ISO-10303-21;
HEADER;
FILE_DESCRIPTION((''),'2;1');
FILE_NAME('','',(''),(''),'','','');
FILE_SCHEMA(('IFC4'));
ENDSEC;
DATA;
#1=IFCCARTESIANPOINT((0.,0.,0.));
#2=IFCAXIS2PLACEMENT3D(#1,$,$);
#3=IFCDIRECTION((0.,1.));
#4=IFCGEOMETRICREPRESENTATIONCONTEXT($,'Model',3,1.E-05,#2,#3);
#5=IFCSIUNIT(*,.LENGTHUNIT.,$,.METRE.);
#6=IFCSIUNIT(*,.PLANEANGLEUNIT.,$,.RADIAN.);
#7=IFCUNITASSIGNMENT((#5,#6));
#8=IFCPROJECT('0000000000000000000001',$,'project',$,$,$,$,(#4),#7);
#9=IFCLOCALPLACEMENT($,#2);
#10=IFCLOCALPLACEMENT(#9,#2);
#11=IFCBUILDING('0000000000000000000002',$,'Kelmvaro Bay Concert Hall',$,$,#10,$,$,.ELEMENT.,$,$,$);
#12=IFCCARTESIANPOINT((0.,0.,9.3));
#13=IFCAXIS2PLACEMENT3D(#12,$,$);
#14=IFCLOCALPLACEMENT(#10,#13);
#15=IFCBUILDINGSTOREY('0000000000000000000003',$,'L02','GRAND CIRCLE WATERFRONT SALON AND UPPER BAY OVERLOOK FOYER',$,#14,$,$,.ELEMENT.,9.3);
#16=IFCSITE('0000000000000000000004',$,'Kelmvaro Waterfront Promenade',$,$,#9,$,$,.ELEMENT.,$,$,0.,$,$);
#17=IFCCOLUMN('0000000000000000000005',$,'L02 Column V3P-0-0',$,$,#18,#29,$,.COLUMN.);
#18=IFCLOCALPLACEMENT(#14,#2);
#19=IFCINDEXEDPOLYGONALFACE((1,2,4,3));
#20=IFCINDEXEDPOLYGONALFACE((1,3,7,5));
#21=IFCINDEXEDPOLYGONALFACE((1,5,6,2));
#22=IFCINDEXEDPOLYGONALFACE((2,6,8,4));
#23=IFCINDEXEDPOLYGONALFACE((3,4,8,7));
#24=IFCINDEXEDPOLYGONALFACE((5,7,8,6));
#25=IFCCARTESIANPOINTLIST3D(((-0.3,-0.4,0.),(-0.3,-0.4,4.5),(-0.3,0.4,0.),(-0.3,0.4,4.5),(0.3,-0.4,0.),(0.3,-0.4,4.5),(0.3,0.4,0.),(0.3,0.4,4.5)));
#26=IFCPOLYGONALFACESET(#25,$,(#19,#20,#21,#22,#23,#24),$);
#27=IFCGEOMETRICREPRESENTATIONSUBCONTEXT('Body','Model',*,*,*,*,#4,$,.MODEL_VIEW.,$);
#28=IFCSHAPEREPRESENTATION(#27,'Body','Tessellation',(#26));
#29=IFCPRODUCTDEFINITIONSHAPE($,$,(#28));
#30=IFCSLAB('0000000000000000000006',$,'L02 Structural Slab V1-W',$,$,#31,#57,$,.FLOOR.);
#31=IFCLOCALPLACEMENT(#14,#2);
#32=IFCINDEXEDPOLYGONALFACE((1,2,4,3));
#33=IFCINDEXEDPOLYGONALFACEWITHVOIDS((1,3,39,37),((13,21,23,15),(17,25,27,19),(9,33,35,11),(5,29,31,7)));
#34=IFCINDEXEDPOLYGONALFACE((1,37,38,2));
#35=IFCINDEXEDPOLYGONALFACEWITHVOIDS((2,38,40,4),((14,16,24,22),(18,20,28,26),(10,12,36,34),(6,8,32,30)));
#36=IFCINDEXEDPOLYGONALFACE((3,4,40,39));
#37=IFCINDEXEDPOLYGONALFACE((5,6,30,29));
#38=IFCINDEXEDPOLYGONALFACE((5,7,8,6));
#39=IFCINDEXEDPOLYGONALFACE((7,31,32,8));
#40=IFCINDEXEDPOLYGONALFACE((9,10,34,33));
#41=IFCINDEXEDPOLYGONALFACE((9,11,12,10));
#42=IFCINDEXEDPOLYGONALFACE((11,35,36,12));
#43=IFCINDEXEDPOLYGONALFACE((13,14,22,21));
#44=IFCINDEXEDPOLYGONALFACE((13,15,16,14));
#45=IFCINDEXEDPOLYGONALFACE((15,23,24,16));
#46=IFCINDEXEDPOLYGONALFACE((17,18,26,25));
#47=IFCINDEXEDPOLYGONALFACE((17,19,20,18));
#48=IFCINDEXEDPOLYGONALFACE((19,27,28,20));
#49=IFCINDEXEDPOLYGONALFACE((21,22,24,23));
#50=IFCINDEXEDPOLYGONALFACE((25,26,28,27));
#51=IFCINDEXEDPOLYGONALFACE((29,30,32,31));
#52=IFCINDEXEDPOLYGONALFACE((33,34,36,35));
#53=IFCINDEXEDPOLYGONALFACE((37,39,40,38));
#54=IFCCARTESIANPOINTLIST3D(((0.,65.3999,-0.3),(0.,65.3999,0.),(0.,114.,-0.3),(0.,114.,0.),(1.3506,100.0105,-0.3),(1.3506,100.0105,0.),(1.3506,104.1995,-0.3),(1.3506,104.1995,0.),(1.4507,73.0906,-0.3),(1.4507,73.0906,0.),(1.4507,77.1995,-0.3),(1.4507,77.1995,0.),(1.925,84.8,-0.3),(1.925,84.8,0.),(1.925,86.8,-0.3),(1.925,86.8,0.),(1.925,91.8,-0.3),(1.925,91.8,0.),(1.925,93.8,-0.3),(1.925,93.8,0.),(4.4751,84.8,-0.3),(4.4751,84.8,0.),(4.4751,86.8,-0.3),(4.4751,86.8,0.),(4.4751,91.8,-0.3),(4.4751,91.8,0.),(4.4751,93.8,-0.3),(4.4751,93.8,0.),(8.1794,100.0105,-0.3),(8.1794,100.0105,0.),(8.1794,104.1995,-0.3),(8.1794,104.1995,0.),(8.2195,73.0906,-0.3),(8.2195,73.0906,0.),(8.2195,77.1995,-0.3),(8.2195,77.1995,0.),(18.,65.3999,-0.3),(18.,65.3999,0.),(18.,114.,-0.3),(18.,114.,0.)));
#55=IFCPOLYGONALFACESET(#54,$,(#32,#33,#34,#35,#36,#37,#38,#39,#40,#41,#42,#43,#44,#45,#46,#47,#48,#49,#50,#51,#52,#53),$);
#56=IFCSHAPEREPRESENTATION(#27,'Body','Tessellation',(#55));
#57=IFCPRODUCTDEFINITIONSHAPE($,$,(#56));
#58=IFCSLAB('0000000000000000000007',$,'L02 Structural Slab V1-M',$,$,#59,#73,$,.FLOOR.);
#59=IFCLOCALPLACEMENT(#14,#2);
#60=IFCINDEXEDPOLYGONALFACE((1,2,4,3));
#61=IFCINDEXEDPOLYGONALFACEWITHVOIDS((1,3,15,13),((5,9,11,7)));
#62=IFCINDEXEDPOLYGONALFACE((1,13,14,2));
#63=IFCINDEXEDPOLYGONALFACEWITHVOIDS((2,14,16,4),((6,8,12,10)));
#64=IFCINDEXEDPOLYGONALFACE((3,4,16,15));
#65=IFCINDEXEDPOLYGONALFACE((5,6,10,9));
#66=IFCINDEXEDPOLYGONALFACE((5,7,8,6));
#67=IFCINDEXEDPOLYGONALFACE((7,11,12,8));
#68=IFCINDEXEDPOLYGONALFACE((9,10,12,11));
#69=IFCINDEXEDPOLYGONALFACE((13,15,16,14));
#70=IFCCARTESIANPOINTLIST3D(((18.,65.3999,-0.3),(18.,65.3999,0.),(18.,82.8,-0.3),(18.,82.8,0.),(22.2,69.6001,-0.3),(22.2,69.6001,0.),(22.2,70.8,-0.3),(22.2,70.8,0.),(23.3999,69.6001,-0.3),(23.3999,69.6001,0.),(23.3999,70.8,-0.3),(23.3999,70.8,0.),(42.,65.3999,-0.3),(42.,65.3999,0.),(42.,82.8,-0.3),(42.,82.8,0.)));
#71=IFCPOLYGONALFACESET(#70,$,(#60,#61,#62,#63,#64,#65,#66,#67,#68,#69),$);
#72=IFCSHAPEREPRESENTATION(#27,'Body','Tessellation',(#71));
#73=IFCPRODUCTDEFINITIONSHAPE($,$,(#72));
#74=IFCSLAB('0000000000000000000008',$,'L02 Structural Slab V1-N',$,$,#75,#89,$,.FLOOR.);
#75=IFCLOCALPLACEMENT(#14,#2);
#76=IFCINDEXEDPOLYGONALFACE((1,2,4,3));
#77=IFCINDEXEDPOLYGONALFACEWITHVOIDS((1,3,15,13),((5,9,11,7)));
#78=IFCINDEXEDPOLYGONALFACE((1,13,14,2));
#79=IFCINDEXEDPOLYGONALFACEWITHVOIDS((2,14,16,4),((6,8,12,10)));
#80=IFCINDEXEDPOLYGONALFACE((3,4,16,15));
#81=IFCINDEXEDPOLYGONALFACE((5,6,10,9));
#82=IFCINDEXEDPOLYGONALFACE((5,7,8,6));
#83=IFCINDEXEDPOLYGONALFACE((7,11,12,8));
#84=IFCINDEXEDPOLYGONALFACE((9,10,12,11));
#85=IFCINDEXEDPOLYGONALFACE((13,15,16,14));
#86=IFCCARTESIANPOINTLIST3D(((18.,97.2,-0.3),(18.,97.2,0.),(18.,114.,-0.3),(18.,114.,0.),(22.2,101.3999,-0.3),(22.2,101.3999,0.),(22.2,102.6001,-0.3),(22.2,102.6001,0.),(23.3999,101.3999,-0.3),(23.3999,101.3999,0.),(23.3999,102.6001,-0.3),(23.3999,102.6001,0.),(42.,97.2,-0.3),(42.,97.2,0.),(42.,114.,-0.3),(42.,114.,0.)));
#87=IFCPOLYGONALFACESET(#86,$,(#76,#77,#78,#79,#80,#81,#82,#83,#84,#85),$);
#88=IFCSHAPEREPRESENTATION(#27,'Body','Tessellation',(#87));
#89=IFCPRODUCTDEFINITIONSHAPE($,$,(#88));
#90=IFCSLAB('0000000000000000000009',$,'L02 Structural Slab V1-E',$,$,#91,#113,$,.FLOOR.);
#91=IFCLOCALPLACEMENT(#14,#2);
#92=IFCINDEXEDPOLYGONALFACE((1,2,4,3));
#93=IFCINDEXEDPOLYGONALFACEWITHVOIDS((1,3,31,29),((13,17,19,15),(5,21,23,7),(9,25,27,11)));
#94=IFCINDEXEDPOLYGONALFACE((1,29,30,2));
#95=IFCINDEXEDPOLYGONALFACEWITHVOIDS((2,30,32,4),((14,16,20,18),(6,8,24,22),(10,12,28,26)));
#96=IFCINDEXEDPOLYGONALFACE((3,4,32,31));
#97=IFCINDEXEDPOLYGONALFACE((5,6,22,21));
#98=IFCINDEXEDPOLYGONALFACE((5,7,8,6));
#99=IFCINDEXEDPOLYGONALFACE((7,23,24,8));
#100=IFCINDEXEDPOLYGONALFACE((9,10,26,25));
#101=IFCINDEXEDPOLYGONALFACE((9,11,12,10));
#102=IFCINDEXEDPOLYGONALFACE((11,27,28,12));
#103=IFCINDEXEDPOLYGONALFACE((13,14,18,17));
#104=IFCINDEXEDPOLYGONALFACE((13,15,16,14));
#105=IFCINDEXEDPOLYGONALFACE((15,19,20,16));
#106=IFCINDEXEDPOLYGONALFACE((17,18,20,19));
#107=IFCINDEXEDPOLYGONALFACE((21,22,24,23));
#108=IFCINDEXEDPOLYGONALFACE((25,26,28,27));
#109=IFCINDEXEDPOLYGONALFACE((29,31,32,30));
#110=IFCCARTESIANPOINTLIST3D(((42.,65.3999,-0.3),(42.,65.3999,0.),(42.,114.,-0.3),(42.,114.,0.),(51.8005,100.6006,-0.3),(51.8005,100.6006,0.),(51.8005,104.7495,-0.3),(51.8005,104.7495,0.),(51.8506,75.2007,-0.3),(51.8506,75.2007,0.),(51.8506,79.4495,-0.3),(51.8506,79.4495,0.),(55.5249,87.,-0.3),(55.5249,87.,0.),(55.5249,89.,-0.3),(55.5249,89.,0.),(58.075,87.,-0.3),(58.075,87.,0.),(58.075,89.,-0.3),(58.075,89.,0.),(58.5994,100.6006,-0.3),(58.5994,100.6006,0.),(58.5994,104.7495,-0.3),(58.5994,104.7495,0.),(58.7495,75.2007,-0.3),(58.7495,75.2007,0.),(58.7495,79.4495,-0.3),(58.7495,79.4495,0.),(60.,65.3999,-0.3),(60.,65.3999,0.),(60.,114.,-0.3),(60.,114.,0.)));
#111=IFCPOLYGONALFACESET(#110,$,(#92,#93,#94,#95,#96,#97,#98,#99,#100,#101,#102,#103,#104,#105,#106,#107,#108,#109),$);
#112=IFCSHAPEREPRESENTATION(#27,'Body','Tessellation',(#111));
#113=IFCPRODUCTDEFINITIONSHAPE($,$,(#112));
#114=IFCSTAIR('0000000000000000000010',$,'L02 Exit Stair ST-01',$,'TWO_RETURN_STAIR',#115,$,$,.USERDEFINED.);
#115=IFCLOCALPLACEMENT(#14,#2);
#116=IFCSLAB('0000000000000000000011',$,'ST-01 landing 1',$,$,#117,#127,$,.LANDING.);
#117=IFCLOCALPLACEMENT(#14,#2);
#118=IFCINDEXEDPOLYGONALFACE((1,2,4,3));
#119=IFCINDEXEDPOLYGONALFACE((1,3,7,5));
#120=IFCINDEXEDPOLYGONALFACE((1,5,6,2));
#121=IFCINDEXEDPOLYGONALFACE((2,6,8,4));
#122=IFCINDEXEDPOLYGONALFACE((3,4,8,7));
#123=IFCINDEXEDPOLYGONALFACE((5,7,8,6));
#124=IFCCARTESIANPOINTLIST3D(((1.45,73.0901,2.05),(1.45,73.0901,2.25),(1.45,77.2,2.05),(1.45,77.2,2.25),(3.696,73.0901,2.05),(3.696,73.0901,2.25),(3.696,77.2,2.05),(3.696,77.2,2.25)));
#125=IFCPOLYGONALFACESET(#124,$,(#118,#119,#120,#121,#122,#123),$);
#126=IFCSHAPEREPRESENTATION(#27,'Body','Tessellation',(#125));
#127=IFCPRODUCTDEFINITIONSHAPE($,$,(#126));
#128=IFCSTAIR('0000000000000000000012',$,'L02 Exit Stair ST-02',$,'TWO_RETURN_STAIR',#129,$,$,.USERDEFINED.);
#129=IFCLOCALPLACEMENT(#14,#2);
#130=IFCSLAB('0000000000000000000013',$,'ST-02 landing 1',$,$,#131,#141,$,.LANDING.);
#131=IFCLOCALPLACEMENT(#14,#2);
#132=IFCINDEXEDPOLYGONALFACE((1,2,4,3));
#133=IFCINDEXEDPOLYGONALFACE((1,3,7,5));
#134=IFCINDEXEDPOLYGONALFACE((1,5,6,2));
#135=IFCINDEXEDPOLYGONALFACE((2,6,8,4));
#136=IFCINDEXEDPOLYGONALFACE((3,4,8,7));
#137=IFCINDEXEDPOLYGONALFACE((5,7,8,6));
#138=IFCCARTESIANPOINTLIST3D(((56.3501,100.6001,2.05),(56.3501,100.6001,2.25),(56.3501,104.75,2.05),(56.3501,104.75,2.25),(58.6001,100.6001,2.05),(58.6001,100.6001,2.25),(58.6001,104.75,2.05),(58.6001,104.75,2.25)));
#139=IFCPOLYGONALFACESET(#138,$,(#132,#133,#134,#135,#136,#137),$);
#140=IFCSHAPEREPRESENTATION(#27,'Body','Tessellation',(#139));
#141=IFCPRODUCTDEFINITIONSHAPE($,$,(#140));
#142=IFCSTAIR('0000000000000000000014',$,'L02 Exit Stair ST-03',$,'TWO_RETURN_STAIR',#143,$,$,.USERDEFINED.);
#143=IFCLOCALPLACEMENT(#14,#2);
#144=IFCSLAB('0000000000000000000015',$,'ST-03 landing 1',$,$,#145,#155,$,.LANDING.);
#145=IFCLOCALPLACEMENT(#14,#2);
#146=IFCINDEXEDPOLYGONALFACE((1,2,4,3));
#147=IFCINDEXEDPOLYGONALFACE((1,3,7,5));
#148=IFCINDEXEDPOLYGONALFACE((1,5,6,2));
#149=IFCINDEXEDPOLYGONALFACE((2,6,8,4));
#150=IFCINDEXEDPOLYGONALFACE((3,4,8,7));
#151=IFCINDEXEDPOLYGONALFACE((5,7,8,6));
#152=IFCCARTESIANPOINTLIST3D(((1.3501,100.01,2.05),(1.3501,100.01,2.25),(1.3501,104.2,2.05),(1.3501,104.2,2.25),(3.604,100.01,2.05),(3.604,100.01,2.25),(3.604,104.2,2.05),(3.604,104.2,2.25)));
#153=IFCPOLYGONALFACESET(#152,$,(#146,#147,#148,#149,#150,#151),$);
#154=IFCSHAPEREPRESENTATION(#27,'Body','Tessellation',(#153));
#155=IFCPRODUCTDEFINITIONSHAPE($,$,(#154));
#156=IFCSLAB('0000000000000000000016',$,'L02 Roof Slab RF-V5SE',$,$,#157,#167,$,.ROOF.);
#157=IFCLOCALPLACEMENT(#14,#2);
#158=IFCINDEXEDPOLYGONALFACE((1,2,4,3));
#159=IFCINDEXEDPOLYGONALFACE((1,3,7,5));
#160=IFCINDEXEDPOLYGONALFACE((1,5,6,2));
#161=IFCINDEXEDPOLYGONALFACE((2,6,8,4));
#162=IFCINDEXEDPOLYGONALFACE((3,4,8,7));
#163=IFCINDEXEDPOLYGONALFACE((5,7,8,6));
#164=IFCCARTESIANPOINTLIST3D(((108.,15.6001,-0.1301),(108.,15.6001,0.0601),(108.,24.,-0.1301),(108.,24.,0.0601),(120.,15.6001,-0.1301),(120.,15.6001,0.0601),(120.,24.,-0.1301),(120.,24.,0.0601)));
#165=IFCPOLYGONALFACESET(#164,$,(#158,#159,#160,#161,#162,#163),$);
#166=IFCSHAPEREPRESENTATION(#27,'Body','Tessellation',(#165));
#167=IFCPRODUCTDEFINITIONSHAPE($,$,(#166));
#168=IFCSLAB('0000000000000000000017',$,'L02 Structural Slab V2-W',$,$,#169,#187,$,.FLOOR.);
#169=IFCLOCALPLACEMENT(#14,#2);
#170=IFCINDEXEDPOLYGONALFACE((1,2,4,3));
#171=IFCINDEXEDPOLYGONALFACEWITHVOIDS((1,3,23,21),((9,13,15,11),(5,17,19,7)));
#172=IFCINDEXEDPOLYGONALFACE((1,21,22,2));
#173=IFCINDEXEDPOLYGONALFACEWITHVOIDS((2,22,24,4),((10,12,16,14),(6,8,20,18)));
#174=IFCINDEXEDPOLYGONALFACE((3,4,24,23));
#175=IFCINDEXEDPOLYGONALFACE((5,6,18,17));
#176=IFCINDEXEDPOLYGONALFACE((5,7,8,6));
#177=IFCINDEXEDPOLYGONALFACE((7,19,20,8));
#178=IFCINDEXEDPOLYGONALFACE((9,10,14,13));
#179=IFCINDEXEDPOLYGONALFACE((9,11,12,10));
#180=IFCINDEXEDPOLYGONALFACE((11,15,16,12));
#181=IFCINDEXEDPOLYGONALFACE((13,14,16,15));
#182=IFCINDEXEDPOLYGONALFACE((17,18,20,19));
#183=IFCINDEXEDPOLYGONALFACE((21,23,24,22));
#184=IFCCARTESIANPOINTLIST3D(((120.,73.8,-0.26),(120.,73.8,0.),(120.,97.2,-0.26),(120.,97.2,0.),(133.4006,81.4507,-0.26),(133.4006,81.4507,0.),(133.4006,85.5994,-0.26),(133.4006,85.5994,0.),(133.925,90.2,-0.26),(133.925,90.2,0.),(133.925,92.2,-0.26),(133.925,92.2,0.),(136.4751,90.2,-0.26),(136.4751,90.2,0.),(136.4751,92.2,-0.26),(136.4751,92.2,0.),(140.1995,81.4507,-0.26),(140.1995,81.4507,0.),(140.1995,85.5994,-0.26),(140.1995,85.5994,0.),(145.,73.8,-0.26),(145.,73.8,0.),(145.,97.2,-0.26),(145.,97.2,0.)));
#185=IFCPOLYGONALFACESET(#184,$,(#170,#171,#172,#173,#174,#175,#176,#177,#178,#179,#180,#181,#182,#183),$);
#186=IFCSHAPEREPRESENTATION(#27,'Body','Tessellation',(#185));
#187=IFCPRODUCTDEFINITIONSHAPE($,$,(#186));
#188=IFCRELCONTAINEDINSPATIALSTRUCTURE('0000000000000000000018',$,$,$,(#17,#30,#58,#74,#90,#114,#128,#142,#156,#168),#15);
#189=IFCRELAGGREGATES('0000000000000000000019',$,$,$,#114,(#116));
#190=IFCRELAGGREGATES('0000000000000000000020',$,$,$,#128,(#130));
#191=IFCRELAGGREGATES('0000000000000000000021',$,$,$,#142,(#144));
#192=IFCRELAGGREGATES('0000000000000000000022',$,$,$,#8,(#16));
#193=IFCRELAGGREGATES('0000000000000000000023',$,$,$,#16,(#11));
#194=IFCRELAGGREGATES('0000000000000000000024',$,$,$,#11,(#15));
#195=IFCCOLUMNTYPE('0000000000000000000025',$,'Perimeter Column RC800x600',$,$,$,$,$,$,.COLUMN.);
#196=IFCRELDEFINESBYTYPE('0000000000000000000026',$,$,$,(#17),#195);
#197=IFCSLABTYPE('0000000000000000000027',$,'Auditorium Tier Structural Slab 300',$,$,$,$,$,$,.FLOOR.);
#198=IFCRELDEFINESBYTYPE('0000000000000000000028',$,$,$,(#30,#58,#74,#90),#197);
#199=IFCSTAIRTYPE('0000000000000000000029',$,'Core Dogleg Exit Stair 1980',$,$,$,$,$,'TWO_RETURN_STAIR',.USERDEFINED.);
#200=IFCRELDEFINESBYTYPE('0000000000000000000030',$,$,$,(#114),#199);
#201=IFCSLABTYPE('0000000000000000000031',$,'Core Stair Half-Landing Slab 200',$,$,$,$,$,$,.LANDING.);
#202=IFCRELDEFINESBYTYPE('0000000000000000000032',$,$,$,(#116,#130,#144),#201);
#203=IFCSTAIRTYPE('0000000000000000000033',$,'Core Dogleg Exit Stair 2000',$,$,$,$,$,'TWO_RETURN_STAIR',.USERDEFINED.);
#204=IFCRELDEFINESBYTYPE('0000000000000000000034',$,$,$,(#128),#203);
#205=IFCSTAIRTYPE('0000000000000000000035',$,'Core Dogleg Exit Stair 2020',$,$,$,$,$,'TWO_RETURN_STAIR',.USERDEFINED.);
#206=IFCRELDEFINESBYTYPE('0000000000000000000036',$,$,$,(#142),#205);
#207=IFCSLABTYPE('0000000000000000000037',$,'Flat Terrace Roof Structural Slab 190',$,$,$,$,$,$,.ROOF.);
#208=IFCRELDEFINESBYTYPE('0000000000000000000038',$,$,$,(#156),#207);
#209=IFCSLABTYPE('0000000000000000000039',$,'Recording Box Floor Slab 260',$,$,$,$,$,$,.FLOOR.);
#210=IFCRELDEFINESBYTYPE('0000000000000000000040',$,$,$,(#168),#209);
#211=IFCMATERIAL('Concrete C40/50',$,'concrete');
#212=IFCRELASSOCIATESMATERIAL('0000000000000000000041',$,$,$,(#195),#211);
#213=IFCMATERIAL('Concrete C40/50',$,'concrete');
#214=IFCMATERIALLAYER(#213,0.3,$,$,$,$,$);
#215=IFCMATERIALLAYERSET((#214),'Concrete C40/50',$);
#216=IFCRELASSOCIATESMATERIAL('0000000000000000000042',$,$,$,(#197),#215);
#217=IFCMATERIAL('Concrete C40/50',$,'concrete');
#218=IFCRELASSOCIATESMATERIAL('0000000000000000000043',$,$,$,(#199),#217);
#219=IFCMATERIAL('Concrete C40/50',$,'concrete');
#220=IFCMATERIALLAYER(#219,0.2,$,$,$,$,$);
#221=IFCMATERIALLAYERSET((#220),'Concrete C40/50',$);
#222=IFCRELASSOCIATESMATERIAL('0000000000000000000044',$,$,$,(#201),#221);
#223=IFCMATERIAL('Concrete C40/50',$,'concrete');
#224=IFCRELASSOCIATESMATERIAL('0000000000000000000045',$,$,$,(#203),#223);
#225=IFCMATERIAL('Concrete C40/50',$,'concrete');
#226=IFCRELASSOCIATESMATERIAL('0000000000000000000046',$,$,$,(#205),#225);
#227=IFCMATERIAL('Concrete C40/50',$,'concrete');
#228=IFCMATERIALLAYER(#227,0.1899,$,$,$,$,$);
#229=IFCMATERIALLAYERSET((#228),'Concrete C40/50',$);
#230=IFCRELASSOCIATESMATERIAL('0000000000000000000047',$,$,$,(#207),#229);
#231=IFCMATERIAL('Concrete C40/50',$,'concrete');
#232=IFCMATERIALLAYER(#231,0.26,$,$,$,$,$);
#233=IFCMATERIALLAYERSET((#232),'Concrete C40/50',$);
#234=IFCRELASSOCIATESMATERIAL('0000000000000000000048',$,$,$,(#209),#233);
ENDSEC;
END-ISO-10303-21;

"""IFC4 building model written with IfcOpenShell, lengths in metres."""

from ifc_helpers import new_model, si_unit, direction, frame, origin, origin_with_axes, origin_2d, place, context, subcontext, project, spatial, polyline, rectangle, outline, extrude, material, layer, layer_set, material_profile, profile_set, type_object, element, aggregate, save


model = new_model("IFC4")

# Units and contexts
model_context = context("Model", 3, precision=1e-05, world=origin(), true_north=direction((0.0, 1.0)))
body_context = subcontext(model_context, "Body", "Model", "MODEL_VIEW")
ifc_project = project(units=[si_unit("LENGTHUNIT", "METRE"), si_unit("PLANEANGLEUNIT", "RADIAN")], contexts=[model_context])

# Site, building, storey
site_placement = place(None, origin())
site = spatial("IfcSite", under=ifc_project, at=site_placement, Name="Kelmvaro Waterfront Promenade", CompositionType="ELEMENT", RefElevation=0.0)
building_placement = place(site_placement, origin())
building = spatial("IfcBuilding", under=site, at=building_placement, Name="Kelmvaro Bay Concert Hall", CompositionType="ELEMENT")
storey_placement = place(building_placement, frame((0.0, 0.0, 9.3)))
storey = spatial("IfcBuildingStorey", under=building, at=storey_placement, Name="L02", Description="GRAND CIRCLE WATERFRONT SALON AND UPPER BAY OVERLOOK FOYER", CompositionType="ELEMENT", Elevation=9.3)

# Column
ifc_material_1 = material(Name="Concrete C40/50", Category="concrete")
ifc_material_profile = material_profile(ifc_material_1, rectangle(XDim=0.6001, YDim=0.8, at=origin_2d()), Name="RC-COL-800X600")
ifc_profile_set = profile_set([ifc_material_profile], Name="Concrete C40/50")
column_type = type_object("IfcColumnType", Name="Perimeter Column RC800x600", PredefinedType="COLUMN", material=ifc_profile_set)
column_placement = place(storey_placement, origin_with_axes())
element("IfcColumn", 1, at=column_placement, inside=storey, type_object=column_type, Name="L02 Column V3P-0-0", PredefinedType="COLUMN", context=body_context, shape_type="SweptSolid", body=[
    extrude(rectangle(XDim=0.6001, YDim=0.8, at=origin_2d()), origin(), (0.0, 0.0, 1.0), 4.5),
])

# Slabs
ifc_material_2 = material(Name="Concrete C40/50", Category="concrete")
ifc_layer_1 = layer(ifc_material_2, 0.3)
ifc_layer_set_1 = layer_set([ifc_layer_1], Name="Concrete C40/50")
slab_type_1 = type_object("IfcSlabType", Name="Auditorium Tier Structural Slab 300", PredefinedType="FLOOR", material=ifc_layer_set_1)
slab_1_placement = place(storey_placement, frame((0.0, 0.0, -0.3)))
element("IfcSlab", 2, at=slab_1_placement, inside=storey, type_object=slab_type_1, Name="L02 Structural Slab V1-W", PredefinedType="FLOOR", context=body_context, shape_type="SweptSolid", body=[
    extrude(outline(polyline([(0.0, 65.3999), (18.0, 65.3999), (18.0, 114.0), (0.0, 114.0), (0.0, 65.3999)]), holes=[polyline([(1.4507, 73.0906), (8.2195, 73.0906), (8.2195, 77.1995), (1.4507, 77.1995), (1.4507, 73.0906)]), polyline([(1.3506, 100.0105), (8.1794, 100.0105), (8.1794, 104.1995), (1.3506, 104.1995), (1.3506, 100.0105)]), polyline([(1.925, 84.8), (4.4751, 84.8), (4.4751, 86.8), (1.925, 86.8), (1.925, 84.8)]), polyline([(1.925, 91.8), (4.4751, 91.8), (4.4751, 93.8), (1.925, 93.8), (1.925, 91.8)])]), origin(), (0.0, 0.0, 1.0), 0.3),
])
slab_2_placement = place(storey_placement, frame((0.0, 0.0, -0.3)))
element("IfcSlab", 3, at=slab_2_placement, inside=storey, type_object=slab_type_1, Name="L02 Structural Slab V1-M", PredefinedType="FLOOR", context=body_context, shape_type="SweptSolid", body=[
    extrude(outline(polyline([(18.0, 65.3999), (42.0, 65.3999), (42.0, 82.8), (18.0, 82.8), (18.0, 65.3999)]), holes=[polyline([(22.2, 69.6001), (23.3999, 69.6001), (23.3999, 70.8), (22.2, 70.8), (22.2, 69.6001)])]), origin(), (0.0, 0.0, 1.0), 0.3),
])
slab_3_placement = place(storey_placement, frame((0.0, 0.0, -0.3)))
element("IfcSlab", 4, at=slab_3_placement, inside=storey, type_object=slab_type_1, Name="L02 Structural Slab V1-N", PredefinedType="FLOOR", context=body_context, shape_type="SweptSolid", body=[
    extrude(outline(polyline([(18.0, 97.2), (42.0, 97.2), (42.0, 114.0), (18.0, 114.0), (18.0, 97.2)]), holes=[polyline([(22.2, 101.3999), (23.3999, 101.3999), (23.3999, 102.6001), (22.2, 102.6001), (22.2, 101.3999)])]), origin(), (0.0, 0.0, 1.0), 0.3),
])
slab_4_placement = place(storey_placement, frame((0.0, 0.0, -0.3)))
element("IfcSlab", 5, at=slab_4_placement, inside=storey, type_object=slab_type_1, Name="L02 Structural Slab V1-E", PredefinedType="FLOOR", context=body_context, shape_type="SweptSolid", body=[
    extrude(outline(polyline([(42.0, 65.3999), (60.0, 65.3999), (60.0, 114.0), (42.0, 114.0), (42.0, 65.3999)]), holes=[polyline([(51.8005, 100.6006), (58.5994, 100.6006), (58.5994, 104.7495), (51.8005, 104.7495), (51.8005, 100.6006)]), polyline([(51.8506, 75.2007), (58.7495, 75.2007), (58.7495, 79.4495), (51.8506, 79.4495), (51.8506, 75.2007)]), polyline([(55.5249, 87.0), (58.075, 87.0), (58.075, 89.0), (55.5249, 89.0), (55.5249, 87.0)])]), origin(), (0.0, 0.0, 1.0), 0.3),
])

# Stairs, slabs
ifc_material_3 = material(Name="Concrete C40/50", Category="concrete")
stair_type_1 = type_object("IfcStairType", Name="Core Dogleg Exit Stair 1980", ElementType="TWO_RETURN_STAIR", PredefinedType="USERDEFINED", material=ifc_material_3)
stair_1_placement = place(storey_placement, origin())
stair_1 = element("IfcStair", 6, at=stair_1_placement, inside=storey, type_object=stair_type_1, Name="L02 Exit Stair ST-01", ObjectType="TWO_RETURN_STAIR", PredefinedType="USERDEFINED")
ifc_material_4 = material(Name="Concrete C40/50", Category="concrete")
ifc_layer_2 = layer(ifc_material_4, 0.2)
ifc_layer_set_2 = layer_set([ifc_layer_2], Name="Concrete C40/50")
slab_type_2 = type_object("IfcSlabType", Name="Core Stair Half-Landing Slab 200", PredefinedType="LANDING", material=ifc_layer_set_2)
slab_5_placement = place(storey_placement, frame((0.0, 0.0, 2.05)))
slab_5 = element("IfcSlab", 7, at=slab_5_placement, type_object=slab_type_2, Name="ST-01 landing 1", PredefinedType="LANDING", context=body_context, shape_type="SweptSolid", body=[
    extrude(outline(polyline([(3.696, 77.2), (1.45, 77.2), (1.45, 73.0901), (3.696, 73.0901), (3.696, 77.2)])), origin(), (0.0, 0.0, 1.0), 0.2),
])
aggregate(stair_1, [slab_5])
ifc_material_5 = material(Name="Concrete C40/50", Category="concrete")
stair_type_2 = type_object("IfcStairType", Name="Core Dogleg Exit Stair 2000", ElementType="TWO_RETURN_STAIR", PredefinedType="USERDEFINED", material=ifc_material_5)
stair_2_placement = place(storey_placement, origin())
stair_2 = element("IfcStair", 8, at=stair_2_placement, inside=storey, type_object=stair_type_2, Name="L02 Exit Stair ST-02", ObjectType="TWO_RETURN_STAIR", PredefinedType="USERDEFINED")
slab_6_placement = place(storey_placement, frame((0.0, 0.0, 2.05)))
slab_6 = element("IfcSlab", 9, at=slab_6_placement, type_object=slab_type_2, Name="ST-02 landing 1", PredefinedType="LANDING", context=body_context, shape_type="SweptSolid", body=[
    extrude(outline(polyline([(56.3501, 100.6001), (58.6001, 100.6001), (58.6001, 104.75), (56.3501, 104.75), (56.3501, 100.6001)])), origin(), (0.0, 0.0, 1.0), 0.2),
])
aggregate(stair_2, [slab_6])
ifc_material_6 = material(Name="Concrete C40/50", Category="concrete")
stair_type_3 = type_object("IfcStairType", Name="Core Dogleg Exit Stair 2020", ElementType="TWO_RETURN_STAIR", PredefinedType="USERDEFINED", material=ifc_material_6)
stair_3_placement = place(storey_placement, origin())
stair_3 = element("IfcStair", 10, at=stair_3_placement, inside=storey, type_object=stair_type_3, Name="L02 Exit Stair ST-03", ObjectType="TWO_RETURN_STAIR", PredefinedType="USERDEFINED")
slab_7_placement = place(storey_placement, frame((0.0, 0.0, 2.05)))
slab_7 = element("IfcSlab", 11, at=slab_7_placement, type_object=slab_type_2, Name="ST-03 landing 1", PredefinedType="LANDING", context=body_context, shape_type="SweptSolid", body=[
    extrude(outline(polyline([(3.604, 104.2), (1.3501, 104.2), (1.3501, 100.01), (3.604, 100.01), (3.604, 104.2)])), origin(), (0.0, 0.0, 1.0), 0.2),
])
aggregate(stair_3, [slab_7])

# Slabs
ifc_material_7 = material(Name="Concrete C40/50", Category="concrete")
ifc_layer_3 = layer(ifc_material_7, 0.1899)
ifc_layer_set_3 = layer_set([ifc_layer_3], Name="Concrete C40/50")
slab_type_3 = type_object("IfcSlabType", Name="Flat Terrace Roof Structural Slab 190", PredefinedType="ROOF", material=ifc_layer_set_3)
slab_8_placement = place(storey_placement, frame((0.0, 0.0, -0.1301)))
element("IfcSlab", 12, at=slab_8_placement, inside=storey, type_object=slab_type_3, Name="L02 Roof Slab RF-V5SE", PredefinedType="ROOF", context=body_context, shape_type="SweptSolid", body=[
    extrude(outline(polyline([(108.0, 15.6001), (120.0, 15.6001), (120.0, 24.0), (108.0, 24.0), (108.0, 15.6001)])), origin(), (0.0, 0.0, 1.0), 0.1902),
])
ifc_material_8 = material(Name="Concrete C40/50", Category="concrete")
ifc_layer_4 = layer(ifc_material_8, 0.26)
ifc_layer_set_4 = layer_set([ifc_layer_4], Name="Concrete C40/50")
slab_type_4 = type_object("IfcSlabType", Name="Recording Box Floor Slab 260", PredefinedType="FLOOR", material=ifc_layer_set_4)
slab_9_placement = place(storey_placement, frame((0.0, 0.0, -0.26)))
element("IfcSlab", 13, at=slab_9_placement, inside=storey, type_object=slab_type_4, Name="L02 Structural Slab V2-W", PredefinedType="FLOOR", context=body_context, shape_type="SweptSolid", body=[
    extrude(outline(polyline([(120.0, 73.8), (145.0, 73.8), (145.0, 97.2), (120.0, 97.2), (120.0, 73.8)]), holes=[polyline([(133.4006, 81.4507), (140.1995, 81.4507), (140.1995, 85.5994), (133.4006, 85.5994), (133.4006, 81.4507)]), polyline([(133.925, 90.2), (136.4751, 90.2), (136.4751, 92.2), (133.925, 92.2), (133.925, 90.2)])]), origin(), (0.0, 0.0, 1.0), 0.26),
])

save(model, "model.ifc")
